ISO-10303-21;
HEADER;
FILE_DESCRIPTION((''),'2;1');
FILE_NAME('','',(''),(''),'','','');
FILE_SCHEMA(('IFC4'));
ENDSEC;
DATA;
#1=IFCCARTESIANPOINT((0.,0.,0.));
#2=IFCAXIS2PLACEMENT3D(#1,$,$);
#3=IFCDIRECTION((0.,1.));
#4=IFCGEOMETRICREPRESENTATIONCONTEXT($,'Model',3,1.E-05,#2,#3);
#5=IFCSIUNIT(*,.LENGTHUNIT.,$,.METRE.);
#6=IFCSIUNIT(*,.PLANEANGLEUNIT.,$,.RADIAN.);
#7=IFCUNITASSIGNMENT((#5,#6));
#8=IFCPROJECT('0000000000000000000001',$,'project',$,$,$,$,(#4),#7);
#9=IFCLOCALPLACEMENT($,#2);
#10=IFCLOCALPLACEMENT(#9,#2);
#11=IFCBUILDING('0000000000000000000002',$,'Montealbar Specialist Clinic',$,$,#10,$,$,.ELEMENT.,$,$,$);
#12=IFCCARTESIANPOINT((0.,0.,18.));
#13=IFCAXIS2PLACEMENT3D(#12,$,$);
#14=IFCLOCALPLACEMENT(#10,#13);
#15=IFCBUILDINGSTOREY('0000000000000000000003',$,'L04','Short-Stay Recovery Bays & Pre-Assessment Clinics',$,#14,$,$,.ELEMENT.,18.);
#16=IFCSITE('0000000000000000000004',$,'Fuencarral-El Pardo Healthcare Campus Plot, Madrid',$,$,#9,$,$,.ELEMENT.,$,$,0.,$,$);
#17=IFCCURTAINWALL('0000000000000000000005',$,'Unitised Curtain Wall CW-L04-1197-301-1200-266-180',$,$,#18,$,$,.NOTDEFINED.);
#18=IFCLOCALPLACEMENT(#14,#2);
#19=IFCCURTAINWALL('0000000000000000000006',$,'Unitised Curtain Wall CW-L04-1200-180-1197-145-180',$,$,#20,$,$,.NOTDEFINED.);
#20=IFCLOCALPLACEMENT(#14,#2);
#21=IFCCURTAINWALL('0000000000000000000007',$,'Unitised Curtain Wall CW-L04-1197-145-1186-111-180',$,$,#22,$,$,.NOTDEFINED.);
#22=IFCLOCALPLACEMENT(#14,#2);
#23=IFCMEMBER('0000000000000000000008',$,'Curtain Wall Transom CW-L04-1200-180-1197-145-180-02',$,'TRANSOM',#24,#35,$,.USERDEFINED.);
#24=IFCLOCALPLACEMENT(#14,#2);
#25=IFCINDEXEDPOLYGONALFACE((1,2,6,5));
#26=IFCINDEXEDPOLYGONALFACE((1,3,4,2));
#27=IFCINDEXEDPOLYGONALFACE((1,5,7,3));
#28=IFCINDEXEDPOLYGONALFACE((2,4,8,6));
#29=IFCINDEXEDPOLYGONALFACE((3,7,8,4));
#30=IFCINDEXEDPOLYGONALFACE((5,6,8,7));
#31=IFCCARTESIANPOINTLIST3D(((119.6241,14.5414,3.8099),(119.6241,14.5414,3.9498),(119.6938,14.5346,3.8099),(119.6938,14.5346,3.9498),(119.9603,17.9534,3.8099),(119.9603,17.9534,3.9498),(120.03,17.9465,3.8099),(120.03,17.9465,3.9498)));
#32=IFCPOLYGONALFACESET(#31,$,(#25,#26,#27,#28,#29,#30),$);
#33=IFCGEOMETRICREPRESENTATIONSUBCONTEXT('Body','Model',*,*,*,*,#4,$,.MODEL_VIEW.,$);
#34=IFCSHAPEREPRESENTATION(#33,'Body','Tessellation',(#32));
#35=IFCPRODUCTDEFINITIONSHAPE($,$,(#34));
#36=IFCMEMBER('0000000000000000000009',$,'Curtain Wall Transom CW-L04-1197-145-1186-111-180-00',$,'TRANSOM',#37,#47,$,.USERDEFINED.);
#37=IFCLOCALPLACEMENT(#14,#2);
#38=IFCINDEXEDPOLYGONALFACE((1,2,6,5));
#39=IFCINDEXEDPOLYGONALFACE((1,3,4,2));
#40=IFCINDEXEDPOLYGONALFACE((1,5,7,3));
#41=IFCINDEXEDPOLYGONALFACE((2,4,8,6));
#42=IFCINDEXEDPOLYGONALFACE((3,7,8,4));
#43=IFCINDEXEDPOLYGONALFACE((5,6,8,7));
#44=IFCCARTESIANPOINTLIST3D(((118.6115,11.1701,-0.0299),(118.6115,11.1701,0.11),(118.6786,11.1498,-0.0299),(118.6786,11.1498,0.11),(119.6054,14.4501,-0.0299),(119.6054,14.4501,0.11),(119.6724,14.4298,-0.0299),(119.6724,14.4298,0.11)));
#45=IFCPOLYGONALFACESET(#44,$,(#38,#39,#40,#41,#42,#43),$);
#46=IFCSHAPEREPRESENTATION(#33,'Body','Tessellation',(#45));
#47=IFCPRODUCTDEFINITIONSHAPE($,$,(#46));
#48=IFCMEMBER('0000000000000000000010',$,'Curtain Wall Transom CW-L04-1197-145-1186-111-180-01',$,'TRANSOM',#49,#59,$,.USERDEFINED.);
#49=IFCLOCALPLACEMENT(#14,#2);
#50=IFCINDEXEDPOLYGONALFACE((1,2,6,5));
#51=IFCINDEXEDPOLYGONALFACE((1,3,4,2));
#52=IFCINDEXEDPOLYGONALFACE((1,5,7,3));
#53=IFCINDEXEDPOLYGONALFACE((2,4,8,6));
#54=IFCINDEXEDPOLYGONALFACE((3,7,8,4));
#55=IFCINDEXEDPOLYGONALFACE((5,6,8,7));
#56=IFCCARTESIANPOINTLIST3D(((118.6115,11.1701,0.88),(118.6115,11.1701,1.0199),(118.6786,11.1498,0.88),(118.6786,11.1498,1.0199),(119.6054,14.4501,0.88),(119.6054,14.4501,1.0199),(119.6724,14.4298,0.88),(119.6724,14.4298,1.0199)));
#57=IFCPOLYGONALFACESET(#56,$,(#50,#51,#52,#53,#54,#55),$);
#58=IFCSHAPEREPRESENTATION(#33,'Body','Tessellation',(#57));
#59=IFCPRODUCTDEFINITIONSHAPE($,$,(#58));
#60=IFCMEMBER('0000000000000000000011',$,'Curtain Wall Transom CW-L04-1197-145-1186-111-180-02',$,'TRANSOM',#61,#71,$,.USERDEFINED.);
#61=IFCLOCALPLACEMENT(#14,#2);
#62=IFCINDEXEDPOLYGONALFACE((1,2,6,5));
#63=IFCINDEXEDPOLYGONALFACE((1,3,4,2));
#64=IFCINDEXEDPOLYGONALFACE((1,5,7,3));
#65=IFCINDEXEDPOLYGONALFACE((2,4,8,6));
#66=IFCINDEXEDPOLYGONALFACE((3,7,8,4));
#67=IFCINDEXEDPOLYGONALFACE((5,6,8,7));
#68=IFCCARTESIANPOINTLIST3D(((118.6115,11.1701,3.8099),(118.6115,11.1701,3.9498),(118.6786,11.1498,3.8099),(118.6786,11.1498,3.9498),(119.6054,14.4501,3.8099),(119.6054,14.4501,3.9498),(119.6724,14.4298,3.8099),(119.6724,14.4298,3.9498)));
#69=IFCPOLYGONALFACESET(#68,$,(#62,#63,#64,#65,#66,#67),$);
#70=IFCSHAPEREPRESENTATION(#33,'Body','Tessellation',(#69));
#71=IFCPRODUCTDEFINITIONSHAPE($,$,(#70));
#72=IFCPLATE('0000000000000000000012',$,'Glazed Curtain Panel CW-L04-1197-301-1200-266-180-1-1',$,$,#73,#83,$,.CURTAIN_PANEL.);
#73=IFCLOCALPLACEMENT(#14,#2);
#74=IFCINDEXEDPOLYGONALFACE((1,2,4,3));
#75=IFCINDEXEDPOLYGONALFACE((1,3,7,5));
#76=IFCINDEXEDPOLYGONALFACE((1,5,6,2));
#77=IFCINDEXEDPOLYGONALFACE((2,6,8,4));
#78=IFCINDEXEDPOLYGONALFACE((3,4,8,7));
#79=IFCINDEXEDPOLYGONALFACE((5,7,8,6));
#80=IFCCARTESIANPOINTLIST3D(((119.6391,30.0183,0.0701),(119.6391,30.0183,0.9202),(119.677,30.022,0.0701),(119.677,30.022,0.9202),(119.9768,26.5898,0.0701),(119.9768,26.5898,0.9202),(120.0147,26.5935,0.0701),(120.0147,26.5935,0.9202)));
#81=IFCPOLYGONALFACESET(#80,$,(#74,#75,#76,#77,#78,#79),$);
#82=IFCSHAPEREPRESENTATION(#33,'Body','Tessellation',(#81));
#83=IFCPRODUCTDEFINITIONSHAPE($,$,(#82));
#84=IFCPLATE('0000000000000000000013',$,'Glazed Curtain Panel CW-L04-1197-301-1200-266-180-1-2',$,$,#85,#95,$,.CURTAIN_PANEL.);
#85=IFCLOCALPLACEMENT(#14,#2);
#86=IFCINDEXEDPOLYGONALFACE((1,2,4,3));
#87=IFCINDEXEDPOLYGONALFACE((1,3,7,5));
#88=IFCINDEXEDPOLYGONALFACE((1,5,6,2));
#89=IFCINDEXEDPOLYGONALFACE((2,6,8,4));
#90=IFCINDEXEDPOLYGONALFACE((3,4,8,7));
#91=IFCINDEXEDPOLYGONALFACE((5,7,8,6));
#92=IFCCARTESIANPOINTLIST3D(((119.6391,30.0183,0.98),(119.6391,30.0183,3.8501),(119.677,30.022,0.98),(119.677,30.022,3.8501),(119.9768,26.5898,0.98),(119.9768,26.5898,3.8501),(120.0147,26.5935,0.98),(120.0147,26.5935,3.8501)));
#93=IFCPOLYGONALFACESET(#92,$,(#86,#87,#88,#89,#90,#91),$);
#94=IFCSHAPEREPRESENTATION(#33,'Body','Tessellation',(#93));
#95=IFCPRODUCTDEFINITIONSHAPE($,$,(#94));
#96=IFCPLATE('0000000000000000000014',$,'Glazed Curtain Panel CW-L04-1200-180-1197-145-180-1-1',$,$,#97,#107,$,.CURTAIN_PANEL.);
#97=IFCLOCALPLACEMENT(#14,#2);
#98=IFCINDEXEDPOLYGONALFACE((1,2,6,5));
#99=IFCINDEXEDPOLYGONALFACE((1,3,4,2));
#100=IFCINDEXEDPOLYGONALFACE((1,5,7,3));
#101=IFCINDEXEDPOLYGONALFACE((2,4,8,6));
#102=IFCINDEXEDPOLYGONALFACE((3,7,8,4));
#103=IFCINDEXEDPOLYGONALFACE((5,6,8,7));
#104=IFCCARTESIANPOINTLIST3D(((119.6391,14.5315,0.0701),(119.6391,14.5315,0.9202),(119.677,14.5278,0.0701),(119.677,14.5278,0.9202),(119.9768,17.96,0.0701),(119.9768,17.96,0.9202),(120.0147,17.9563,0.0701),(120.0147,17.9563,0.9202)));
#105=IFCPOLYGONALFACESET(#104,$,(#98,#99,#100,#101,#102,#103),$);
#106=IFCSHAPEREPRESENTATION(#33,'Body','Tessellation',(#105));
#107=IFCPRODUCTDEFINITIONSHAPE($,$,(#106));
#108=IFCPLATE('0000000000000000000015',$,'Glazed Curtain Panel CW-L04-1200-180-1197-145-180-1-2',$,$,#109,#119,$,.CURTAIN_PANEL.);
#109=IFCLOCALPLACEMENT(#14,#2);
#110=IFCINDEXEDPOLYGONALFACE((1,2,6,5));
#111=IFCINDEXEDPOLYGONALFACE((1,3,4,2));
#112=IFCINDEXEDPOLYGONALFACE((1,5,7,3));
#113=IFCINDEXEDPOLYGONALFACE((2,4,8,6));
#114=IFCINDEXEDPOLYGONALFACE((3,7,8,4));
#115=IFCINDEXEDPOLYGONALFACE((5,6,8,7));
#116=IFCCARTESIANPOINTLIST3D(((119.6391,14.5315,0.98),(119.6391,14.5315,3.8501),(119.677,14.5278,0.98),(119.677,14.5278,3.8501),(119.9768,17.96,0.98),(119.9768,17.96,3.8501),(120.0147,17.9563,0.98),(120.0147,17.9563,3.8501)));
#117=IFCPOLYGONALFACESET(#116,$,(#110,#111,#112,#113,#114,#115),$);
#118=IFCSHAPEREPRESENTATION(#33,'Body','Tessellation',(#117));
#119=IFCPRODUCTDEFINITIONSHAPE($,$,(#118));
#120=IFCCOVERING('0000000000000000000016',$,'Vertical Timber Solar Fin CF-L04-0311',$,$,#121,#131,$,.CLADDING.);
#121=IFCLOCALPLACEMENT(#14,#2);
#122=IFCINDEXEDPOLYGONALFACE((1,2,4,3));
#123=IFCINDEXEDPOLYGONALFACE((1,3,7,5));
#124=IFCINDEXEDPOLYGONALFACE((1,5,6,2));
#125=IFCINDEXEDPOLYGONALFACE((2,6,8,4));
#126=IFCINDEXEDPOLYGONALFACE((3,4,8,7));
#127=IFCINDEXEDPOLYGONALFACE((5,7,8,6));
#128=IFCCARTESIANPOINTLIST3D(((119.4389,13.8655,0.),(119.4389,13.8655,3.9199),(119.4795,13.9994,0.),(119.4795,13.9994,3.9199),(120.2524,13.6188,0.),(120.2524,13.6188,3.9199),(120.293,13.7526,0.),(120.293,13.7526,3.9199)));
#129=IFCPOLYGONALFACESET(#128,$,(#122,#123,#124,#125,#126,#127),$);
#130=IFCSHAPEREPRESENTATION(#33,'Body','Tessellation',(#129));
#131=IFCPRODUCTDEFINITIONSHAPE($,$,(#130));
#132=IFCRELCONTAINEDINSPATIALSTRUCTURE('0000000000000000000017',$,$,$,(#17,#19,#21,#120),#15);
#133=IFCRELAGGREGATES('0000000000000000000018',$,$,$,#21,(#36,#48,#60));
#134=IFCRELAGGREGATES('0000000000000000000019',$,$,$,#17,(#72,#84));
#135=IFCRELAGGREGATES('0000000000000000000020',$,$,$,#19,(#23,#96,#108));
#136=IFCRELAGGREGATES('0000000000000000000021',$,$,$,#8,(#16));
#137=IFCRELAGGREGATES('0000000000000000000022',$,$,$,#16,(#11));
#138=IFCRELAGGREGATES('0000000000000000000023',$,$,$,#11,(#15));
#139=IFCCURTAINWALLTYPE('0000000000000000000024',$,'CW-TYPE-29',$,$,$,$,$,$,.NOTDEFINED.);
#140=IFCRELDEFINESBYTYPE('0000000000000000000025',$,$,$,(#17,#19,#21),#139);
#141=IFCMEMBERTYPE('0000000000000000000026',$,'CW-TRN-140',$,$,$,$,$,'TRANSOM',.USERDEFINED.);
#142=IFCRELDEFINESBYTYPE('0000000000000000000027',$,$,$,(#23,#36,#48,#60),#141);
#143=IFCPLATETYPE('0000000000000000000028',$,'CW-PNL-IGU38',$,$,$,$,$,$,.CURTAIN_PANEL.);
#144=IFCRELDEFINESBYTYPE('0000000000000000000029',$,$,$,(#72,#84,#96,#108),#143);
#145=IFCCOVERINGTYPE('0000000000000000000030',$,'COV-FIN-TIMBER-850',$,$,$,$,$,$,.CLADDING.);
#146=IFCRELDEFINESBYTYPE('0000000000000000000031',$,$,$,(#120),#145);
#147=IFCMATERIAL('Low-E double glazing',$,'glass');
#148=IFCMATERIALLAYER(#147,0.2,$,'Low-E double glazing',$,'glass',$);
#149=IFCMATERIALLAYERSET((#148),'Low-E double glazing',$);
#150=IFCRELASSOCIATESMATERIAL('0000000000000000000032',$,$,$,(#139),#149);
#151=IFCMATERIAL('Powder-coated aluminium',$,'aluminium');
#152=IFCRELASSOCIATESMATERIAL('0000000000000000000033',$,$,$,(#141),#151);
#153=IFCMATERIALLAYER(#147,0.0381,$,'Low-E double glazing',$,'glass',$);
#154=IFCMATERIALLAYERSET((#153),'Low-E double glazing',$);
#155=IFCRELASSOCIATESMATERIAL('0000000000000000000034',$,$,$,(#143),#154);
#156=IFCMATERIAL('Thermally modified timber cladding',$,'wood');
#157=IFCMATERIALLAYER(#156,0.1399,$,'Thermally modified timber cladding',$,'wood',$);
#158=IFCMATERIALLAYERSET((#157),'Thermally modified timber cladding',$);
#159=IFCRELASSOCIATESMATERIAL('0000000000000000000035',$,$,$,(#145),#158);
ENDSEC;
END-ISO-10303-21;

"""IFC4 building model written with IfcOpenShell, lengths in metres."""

from ifc_helpers import new_model, si_unit, direction, frame, origin, origin_2d, place, context, subcontext, project, spatial, rectangle, extrude, material, layer, layer_set, material_profile, profile_set, type_object, element, aggregate, save


model = new_model("IFC4")

# Units and contexts
model_context = context("Model", 3, precision=1e-05, world=origin(), true_north=direction((0.0, 1.0)))
body_context = subcontext(model_context, "Body", "Model", "MODEL_VIEW")
ifc_project = project(units=[si_unit("LENGTHUNIT", "METRE"), si_unit("PLANEANGLEUNIT", "RADIAN")], contexts=[model_context])

# Site, building, storey
site_placement = place(None, origin())
site = spatial("IfcSite", under=ifc_project, at=site_placement, Name="Fuencarral-El Pardo Healthcare Campus Plot, Madrid", CompositionType="ELEMENT", RefElevation=0.0)
building_placement = place(site_placement, origin())
building = spatial("IfcBuilding", under=site, at=building_placement, Name="Montealbar Specialist Clinic", CompositionType="ELEMENT")
storey_placement = place(building_placement, frame((0.0, 0.0, 18.0)))
storey = spatial("IfcBuildingStorey", under=building, at=storey_placement, Name="L04", Description="Short-Stay Recovery Bays & Pre-Assessment Clinics", CompositionType="ELEMENT", Elevation=18.0)

# Shared definitions
ifc_material_1 = material(Name="Low-E double glazing", Category="glass")
ifc_layer_1 = layer(ifc_material_1, 0.2, Name="Low-E double glazing", Category="glass")
ifc_layer_set_1 = layer_set([ifc_layer_1], Name="Low-E double glazing")
curtain_wall_type_1 = type_object("IfcCurtainWallType", Name="CW-TYPE-29", PredefinedType="NOTDEFINED", material=ifc_layer_set_1)

# Curtain walls
curtain_wall_1_placement = place(storey_placement, origin())
curtain_wall_1 = element("IfcCurtainWall", 1, at=curtain_wall_1_placement, inside=storey, type_object=curtain_wall_type_1, Name="Unitised Curtain Wall CW-L04-1197-301-1200-266-180", PredefinedType="NOTDEFINED")
curtain_wall_2_placement = place(storey_placement, origin())
curtain_wall_2 = element("IfcCurtainWall", 2, at=curtain_wall_2_placement, inside=storey, type_object=curtain_wall_type_1, Name="Unitised Curtain Wall CW-L04-1200-180-1197-145-180", PredefinedType="NOTDEFINED")

# Curtain wall
curtain_wall_3_placement = place(storey_placement, origin())
curtain_wall_3 = element("IfcCurtainWall", 3, at=curtain_wall_3_placement, inside=storey, type_object=curtain_wall_type_1, Name="Unitised Curtain Wall CW-L04-1197-145-1186-111-180", PredefinedType="NOTDEFINED")

# Members
ifc_material_2 = material(Name="Powder-coated aluminium", Category="aluminium")
ifc_material_profile_1 = material_profile(ifc_material_2, rectangle(XDim=0.0701, YDim=0.1399, at=origin_2d()), Name="ALU 70x140", Category="aluminium")
ifc_profile_set_1 = profile_set([ifc_material_profile_1], Name="Powder-coated aluminium")
member_type_1 = type_object("IfcMemberType", Name="CW-TRN-140", ElementType="TRANSOM", PredefinedType="USERDEFINED", material=ifc_profile_set_1)
member_1_placement = place(storey_placement, frame((119.9951, 17.95, 3.8799), z_axis=(-0.098058, -0.995181, 0.0), x_axis=(0.995181, -0.098058, 0.0)))
member_1 = element("IfcMember", 4, at=member_1_placement, type_object=member_type_1, Name="Curtain Wall Transom CW-L04-1200-180-1197-145-180-02", ObjectType="TRANSOM", PredefinedType="USERDEFINED", context=body_context, shape_type="SweptSolid", body=[
    extrude(rectangle(XDim=0.0701, YDim=0.1399, at=origin_2d()), origin(), (0.0, 0.0, 1.0), 3.4285),
])
member_2_placement = place(storey_placement, frame((119.6389, 14.4399, 0.04), z_axis=(-0.289994, -0.957029, 0.0), x_axis=(0.957029, -0.289994, 0.0)))
member_2 = element("IfcMember", 5, at=member_2_placement, type_object=member_type_1, Name="Curtain Wall Transom CW-L04-1197-145-1186-111-180-00", ObjectType="TRANSOM", PredefinedType="USERDEFINED", context=body_context, shape_type="SweptSolid", body=[
    extrude(rectangle(XDim=0.0701, YDim=0.1399, at=origin_2d()), origin(), (0.0, 0.0, 1.0), 3.4272),
])
member_3_placement = place(storey_placement, frame((119.6389, 14.4399, 0.95), z_axis=(-0.289994, -0.957029, 0.0), x_axis=(0.957029, -0.289994, 0.0)))
member_3 = element("IfcMember", 6, at=member_3_placement, type_object=member_type_1, Name="Curtain Wall Transom CW-L04-1197-145-1186-111-180-01", ObjectType="TRANSOM", PredefinedType="USERDEFINED", context=body_context, shape_type="SweptSolid", body=[
    extrude(rectangle(XDim=0.0701, YDim=0.1399, at=origin_2d()), origin(), (0.0, 0.0, 1.0), 3.4272),
])
member_4_placement = place(storey_placement, frame((119.6389, 14.4399, 3.8799), z_axis=(-0.289994, -0.957029, 0.0), x_axis=(0.957029, -0.289994, 0.0)))
member_4 = element("IfcMember", 7, at=member_4_placement, type_object=member_type_1, Name="Curtain Wall Transom CW-L04-1197-145-1186-111-180-02", ObjectType="TRANSOM", PredefinedType="USERDEFINED", context=body_context, shape_type="SweptSolid", body=[
    extrude(rectangle(XDim=0.0701, YDim=0.1399, at=origin_2d()), origin(), (0.0, 0.0, 1.0), 3.4272),
])
aggregate(curtain_wall_3, [member_2, member_3, member_4])

# Plates
ifc_layer_2 = layer(ifc_material_1, 0.0381, Name="Low-E double glazing", Category="glass")
ifc_layer_set_2 = layer_set([ifc_layer_2], Name="Low-E double glazing")
plate_type = type_object("IfcPlateType", Name="CW-PNL-IGU38", PredefinedType="CURTAIN_PANEL", material=ifc_layer_set_2)
plate_1_placement = place(storey_placement, frame((119.8269, 28.3059, 0.0701), z_axis=(0.0, 0.0, 1.0), x_axis=(0.098045, -0.995182, 0.0)))
plate_1 = element("IfcPlate", 8, at=plate_1_placement, type_object=plate_type, Name="Glazed Curtain Panel CW-L04-1197-301-1200-266-180-1-1", PredefinedType="CURTAIN_PANEL", context=body_context, shape_type="SweptSolid", body=[
    extrude(rectangle(XDim=3.4451, YDim=0.0381, at=origin_2d()), origin(), (0.0, 0.0, 1.0), 0.8501),
])
plate_2_placement = place(storey_placement, frame((119.8269, 28.3059, 0.98), z_axis=(0.0, 0.0, 1.0), x_axis=(0.098045, -0.995182, 0.0)))
plate_2 = element("IfcPlate", 9, at=plate_2_placement, type_object=plate_type, Name="Glazed Curtain Panel CW-L04-1197-301-1200-266-180-1-2", PredefinedType="CURTAIN_PANEL", context=body_context, shape_type="SweptSolid", body=[
    extrude(rectangle(XDim=3.4451, YDim=0.0381, at=origin_2d()), origin(), (0.0, 0.0, 1.0), 2.8701),
])
aggregate(curtain_wall_1, [plate_1, plate_2])
plate_3_placement = place(storey_placement, frame((119.8269, 16.2439, 0.0701), z_axis=(0.0, 0.0, 1.0), x_axis=(-0.098045, -0.995182, 0.0)))
plate_3 = element("IfcPlate", 10, at=plate_3_placement, type_object=plate_type, Name="Glazed Curtain Panel CW-L04-1200-180-1197-145-180-1-1", PredefinedType="CURTAIN_PANEL", context=body_context, shape_type="SweptSolid", body=[
    extrude(rectangle(XDim=3.4451, YDim=0.0381, at=origin_2d()), origin(), (0.0, 0.0, 1.0), 0.8501),
])
plate_4_placement = place(storey_placement, frame((119.8269, 16.2439, 0.98), z_axis=(0.0, 0.0, 1.0), x_axis=(-0.098045, -0.995182, 0.0)))
plate_4 = element("IfcPlate", 11, at=plate_4_placement, type_object=plate_type, Name="Glazed Curtain Panel CW-L04-1200-180-1197-145-180-1-2", PredefinedType="CURTAIN_PANEL", context=body_context, shape_type="SweptSolid", body=[
    extrude(rectangle(XDim=3.4451, YDim=0.0381, at=origin_2d()), origin(), (0.0, 0.0, 1.0), 2.8701),
])
aggregate(curtain_wall_2, [member_1, plate_3, plate_4])

# Covering
ifc_material_3 = material(Name="Thermally modified timber cladding", Category="wood")
ifc_layer_3 = layer(ifc_material_3, 0.1399, Name="Thermally modified timber cladding", Category="wood")
ifc_layer_set_3 = layer_set([ifc_layer_3], Name="Thermally modified timber cladding")
covering_type = type_object("IfcCoveringType", Name="COV-FIN-TIMBER-850", PredefinedType="CLADDING", material=ifc_layer_set_3)
covering_placement = place(storey_placement, frame((119.866, 13.8091, 0.0), z_axis=(0.0, 0.0, 1.0), x_axis=(0.956948, -0.290259, 0.0)))
element("IfcCovering", 12, at=covering_placement, inside=storey, type_object=covering_type, Name="Vertical Timber Solar Fin CF-L04-0311", PredefinedType="CLADDING", context=body_context, shape_type="SweptSolid", body=[
    extrude(rectangle(XDim=0.8501, YDim=0.1399, at=origin_2d()), origin(), (0.0, 0.0, 1.0), 3.9199),
])

save(model, "model.ifc")
